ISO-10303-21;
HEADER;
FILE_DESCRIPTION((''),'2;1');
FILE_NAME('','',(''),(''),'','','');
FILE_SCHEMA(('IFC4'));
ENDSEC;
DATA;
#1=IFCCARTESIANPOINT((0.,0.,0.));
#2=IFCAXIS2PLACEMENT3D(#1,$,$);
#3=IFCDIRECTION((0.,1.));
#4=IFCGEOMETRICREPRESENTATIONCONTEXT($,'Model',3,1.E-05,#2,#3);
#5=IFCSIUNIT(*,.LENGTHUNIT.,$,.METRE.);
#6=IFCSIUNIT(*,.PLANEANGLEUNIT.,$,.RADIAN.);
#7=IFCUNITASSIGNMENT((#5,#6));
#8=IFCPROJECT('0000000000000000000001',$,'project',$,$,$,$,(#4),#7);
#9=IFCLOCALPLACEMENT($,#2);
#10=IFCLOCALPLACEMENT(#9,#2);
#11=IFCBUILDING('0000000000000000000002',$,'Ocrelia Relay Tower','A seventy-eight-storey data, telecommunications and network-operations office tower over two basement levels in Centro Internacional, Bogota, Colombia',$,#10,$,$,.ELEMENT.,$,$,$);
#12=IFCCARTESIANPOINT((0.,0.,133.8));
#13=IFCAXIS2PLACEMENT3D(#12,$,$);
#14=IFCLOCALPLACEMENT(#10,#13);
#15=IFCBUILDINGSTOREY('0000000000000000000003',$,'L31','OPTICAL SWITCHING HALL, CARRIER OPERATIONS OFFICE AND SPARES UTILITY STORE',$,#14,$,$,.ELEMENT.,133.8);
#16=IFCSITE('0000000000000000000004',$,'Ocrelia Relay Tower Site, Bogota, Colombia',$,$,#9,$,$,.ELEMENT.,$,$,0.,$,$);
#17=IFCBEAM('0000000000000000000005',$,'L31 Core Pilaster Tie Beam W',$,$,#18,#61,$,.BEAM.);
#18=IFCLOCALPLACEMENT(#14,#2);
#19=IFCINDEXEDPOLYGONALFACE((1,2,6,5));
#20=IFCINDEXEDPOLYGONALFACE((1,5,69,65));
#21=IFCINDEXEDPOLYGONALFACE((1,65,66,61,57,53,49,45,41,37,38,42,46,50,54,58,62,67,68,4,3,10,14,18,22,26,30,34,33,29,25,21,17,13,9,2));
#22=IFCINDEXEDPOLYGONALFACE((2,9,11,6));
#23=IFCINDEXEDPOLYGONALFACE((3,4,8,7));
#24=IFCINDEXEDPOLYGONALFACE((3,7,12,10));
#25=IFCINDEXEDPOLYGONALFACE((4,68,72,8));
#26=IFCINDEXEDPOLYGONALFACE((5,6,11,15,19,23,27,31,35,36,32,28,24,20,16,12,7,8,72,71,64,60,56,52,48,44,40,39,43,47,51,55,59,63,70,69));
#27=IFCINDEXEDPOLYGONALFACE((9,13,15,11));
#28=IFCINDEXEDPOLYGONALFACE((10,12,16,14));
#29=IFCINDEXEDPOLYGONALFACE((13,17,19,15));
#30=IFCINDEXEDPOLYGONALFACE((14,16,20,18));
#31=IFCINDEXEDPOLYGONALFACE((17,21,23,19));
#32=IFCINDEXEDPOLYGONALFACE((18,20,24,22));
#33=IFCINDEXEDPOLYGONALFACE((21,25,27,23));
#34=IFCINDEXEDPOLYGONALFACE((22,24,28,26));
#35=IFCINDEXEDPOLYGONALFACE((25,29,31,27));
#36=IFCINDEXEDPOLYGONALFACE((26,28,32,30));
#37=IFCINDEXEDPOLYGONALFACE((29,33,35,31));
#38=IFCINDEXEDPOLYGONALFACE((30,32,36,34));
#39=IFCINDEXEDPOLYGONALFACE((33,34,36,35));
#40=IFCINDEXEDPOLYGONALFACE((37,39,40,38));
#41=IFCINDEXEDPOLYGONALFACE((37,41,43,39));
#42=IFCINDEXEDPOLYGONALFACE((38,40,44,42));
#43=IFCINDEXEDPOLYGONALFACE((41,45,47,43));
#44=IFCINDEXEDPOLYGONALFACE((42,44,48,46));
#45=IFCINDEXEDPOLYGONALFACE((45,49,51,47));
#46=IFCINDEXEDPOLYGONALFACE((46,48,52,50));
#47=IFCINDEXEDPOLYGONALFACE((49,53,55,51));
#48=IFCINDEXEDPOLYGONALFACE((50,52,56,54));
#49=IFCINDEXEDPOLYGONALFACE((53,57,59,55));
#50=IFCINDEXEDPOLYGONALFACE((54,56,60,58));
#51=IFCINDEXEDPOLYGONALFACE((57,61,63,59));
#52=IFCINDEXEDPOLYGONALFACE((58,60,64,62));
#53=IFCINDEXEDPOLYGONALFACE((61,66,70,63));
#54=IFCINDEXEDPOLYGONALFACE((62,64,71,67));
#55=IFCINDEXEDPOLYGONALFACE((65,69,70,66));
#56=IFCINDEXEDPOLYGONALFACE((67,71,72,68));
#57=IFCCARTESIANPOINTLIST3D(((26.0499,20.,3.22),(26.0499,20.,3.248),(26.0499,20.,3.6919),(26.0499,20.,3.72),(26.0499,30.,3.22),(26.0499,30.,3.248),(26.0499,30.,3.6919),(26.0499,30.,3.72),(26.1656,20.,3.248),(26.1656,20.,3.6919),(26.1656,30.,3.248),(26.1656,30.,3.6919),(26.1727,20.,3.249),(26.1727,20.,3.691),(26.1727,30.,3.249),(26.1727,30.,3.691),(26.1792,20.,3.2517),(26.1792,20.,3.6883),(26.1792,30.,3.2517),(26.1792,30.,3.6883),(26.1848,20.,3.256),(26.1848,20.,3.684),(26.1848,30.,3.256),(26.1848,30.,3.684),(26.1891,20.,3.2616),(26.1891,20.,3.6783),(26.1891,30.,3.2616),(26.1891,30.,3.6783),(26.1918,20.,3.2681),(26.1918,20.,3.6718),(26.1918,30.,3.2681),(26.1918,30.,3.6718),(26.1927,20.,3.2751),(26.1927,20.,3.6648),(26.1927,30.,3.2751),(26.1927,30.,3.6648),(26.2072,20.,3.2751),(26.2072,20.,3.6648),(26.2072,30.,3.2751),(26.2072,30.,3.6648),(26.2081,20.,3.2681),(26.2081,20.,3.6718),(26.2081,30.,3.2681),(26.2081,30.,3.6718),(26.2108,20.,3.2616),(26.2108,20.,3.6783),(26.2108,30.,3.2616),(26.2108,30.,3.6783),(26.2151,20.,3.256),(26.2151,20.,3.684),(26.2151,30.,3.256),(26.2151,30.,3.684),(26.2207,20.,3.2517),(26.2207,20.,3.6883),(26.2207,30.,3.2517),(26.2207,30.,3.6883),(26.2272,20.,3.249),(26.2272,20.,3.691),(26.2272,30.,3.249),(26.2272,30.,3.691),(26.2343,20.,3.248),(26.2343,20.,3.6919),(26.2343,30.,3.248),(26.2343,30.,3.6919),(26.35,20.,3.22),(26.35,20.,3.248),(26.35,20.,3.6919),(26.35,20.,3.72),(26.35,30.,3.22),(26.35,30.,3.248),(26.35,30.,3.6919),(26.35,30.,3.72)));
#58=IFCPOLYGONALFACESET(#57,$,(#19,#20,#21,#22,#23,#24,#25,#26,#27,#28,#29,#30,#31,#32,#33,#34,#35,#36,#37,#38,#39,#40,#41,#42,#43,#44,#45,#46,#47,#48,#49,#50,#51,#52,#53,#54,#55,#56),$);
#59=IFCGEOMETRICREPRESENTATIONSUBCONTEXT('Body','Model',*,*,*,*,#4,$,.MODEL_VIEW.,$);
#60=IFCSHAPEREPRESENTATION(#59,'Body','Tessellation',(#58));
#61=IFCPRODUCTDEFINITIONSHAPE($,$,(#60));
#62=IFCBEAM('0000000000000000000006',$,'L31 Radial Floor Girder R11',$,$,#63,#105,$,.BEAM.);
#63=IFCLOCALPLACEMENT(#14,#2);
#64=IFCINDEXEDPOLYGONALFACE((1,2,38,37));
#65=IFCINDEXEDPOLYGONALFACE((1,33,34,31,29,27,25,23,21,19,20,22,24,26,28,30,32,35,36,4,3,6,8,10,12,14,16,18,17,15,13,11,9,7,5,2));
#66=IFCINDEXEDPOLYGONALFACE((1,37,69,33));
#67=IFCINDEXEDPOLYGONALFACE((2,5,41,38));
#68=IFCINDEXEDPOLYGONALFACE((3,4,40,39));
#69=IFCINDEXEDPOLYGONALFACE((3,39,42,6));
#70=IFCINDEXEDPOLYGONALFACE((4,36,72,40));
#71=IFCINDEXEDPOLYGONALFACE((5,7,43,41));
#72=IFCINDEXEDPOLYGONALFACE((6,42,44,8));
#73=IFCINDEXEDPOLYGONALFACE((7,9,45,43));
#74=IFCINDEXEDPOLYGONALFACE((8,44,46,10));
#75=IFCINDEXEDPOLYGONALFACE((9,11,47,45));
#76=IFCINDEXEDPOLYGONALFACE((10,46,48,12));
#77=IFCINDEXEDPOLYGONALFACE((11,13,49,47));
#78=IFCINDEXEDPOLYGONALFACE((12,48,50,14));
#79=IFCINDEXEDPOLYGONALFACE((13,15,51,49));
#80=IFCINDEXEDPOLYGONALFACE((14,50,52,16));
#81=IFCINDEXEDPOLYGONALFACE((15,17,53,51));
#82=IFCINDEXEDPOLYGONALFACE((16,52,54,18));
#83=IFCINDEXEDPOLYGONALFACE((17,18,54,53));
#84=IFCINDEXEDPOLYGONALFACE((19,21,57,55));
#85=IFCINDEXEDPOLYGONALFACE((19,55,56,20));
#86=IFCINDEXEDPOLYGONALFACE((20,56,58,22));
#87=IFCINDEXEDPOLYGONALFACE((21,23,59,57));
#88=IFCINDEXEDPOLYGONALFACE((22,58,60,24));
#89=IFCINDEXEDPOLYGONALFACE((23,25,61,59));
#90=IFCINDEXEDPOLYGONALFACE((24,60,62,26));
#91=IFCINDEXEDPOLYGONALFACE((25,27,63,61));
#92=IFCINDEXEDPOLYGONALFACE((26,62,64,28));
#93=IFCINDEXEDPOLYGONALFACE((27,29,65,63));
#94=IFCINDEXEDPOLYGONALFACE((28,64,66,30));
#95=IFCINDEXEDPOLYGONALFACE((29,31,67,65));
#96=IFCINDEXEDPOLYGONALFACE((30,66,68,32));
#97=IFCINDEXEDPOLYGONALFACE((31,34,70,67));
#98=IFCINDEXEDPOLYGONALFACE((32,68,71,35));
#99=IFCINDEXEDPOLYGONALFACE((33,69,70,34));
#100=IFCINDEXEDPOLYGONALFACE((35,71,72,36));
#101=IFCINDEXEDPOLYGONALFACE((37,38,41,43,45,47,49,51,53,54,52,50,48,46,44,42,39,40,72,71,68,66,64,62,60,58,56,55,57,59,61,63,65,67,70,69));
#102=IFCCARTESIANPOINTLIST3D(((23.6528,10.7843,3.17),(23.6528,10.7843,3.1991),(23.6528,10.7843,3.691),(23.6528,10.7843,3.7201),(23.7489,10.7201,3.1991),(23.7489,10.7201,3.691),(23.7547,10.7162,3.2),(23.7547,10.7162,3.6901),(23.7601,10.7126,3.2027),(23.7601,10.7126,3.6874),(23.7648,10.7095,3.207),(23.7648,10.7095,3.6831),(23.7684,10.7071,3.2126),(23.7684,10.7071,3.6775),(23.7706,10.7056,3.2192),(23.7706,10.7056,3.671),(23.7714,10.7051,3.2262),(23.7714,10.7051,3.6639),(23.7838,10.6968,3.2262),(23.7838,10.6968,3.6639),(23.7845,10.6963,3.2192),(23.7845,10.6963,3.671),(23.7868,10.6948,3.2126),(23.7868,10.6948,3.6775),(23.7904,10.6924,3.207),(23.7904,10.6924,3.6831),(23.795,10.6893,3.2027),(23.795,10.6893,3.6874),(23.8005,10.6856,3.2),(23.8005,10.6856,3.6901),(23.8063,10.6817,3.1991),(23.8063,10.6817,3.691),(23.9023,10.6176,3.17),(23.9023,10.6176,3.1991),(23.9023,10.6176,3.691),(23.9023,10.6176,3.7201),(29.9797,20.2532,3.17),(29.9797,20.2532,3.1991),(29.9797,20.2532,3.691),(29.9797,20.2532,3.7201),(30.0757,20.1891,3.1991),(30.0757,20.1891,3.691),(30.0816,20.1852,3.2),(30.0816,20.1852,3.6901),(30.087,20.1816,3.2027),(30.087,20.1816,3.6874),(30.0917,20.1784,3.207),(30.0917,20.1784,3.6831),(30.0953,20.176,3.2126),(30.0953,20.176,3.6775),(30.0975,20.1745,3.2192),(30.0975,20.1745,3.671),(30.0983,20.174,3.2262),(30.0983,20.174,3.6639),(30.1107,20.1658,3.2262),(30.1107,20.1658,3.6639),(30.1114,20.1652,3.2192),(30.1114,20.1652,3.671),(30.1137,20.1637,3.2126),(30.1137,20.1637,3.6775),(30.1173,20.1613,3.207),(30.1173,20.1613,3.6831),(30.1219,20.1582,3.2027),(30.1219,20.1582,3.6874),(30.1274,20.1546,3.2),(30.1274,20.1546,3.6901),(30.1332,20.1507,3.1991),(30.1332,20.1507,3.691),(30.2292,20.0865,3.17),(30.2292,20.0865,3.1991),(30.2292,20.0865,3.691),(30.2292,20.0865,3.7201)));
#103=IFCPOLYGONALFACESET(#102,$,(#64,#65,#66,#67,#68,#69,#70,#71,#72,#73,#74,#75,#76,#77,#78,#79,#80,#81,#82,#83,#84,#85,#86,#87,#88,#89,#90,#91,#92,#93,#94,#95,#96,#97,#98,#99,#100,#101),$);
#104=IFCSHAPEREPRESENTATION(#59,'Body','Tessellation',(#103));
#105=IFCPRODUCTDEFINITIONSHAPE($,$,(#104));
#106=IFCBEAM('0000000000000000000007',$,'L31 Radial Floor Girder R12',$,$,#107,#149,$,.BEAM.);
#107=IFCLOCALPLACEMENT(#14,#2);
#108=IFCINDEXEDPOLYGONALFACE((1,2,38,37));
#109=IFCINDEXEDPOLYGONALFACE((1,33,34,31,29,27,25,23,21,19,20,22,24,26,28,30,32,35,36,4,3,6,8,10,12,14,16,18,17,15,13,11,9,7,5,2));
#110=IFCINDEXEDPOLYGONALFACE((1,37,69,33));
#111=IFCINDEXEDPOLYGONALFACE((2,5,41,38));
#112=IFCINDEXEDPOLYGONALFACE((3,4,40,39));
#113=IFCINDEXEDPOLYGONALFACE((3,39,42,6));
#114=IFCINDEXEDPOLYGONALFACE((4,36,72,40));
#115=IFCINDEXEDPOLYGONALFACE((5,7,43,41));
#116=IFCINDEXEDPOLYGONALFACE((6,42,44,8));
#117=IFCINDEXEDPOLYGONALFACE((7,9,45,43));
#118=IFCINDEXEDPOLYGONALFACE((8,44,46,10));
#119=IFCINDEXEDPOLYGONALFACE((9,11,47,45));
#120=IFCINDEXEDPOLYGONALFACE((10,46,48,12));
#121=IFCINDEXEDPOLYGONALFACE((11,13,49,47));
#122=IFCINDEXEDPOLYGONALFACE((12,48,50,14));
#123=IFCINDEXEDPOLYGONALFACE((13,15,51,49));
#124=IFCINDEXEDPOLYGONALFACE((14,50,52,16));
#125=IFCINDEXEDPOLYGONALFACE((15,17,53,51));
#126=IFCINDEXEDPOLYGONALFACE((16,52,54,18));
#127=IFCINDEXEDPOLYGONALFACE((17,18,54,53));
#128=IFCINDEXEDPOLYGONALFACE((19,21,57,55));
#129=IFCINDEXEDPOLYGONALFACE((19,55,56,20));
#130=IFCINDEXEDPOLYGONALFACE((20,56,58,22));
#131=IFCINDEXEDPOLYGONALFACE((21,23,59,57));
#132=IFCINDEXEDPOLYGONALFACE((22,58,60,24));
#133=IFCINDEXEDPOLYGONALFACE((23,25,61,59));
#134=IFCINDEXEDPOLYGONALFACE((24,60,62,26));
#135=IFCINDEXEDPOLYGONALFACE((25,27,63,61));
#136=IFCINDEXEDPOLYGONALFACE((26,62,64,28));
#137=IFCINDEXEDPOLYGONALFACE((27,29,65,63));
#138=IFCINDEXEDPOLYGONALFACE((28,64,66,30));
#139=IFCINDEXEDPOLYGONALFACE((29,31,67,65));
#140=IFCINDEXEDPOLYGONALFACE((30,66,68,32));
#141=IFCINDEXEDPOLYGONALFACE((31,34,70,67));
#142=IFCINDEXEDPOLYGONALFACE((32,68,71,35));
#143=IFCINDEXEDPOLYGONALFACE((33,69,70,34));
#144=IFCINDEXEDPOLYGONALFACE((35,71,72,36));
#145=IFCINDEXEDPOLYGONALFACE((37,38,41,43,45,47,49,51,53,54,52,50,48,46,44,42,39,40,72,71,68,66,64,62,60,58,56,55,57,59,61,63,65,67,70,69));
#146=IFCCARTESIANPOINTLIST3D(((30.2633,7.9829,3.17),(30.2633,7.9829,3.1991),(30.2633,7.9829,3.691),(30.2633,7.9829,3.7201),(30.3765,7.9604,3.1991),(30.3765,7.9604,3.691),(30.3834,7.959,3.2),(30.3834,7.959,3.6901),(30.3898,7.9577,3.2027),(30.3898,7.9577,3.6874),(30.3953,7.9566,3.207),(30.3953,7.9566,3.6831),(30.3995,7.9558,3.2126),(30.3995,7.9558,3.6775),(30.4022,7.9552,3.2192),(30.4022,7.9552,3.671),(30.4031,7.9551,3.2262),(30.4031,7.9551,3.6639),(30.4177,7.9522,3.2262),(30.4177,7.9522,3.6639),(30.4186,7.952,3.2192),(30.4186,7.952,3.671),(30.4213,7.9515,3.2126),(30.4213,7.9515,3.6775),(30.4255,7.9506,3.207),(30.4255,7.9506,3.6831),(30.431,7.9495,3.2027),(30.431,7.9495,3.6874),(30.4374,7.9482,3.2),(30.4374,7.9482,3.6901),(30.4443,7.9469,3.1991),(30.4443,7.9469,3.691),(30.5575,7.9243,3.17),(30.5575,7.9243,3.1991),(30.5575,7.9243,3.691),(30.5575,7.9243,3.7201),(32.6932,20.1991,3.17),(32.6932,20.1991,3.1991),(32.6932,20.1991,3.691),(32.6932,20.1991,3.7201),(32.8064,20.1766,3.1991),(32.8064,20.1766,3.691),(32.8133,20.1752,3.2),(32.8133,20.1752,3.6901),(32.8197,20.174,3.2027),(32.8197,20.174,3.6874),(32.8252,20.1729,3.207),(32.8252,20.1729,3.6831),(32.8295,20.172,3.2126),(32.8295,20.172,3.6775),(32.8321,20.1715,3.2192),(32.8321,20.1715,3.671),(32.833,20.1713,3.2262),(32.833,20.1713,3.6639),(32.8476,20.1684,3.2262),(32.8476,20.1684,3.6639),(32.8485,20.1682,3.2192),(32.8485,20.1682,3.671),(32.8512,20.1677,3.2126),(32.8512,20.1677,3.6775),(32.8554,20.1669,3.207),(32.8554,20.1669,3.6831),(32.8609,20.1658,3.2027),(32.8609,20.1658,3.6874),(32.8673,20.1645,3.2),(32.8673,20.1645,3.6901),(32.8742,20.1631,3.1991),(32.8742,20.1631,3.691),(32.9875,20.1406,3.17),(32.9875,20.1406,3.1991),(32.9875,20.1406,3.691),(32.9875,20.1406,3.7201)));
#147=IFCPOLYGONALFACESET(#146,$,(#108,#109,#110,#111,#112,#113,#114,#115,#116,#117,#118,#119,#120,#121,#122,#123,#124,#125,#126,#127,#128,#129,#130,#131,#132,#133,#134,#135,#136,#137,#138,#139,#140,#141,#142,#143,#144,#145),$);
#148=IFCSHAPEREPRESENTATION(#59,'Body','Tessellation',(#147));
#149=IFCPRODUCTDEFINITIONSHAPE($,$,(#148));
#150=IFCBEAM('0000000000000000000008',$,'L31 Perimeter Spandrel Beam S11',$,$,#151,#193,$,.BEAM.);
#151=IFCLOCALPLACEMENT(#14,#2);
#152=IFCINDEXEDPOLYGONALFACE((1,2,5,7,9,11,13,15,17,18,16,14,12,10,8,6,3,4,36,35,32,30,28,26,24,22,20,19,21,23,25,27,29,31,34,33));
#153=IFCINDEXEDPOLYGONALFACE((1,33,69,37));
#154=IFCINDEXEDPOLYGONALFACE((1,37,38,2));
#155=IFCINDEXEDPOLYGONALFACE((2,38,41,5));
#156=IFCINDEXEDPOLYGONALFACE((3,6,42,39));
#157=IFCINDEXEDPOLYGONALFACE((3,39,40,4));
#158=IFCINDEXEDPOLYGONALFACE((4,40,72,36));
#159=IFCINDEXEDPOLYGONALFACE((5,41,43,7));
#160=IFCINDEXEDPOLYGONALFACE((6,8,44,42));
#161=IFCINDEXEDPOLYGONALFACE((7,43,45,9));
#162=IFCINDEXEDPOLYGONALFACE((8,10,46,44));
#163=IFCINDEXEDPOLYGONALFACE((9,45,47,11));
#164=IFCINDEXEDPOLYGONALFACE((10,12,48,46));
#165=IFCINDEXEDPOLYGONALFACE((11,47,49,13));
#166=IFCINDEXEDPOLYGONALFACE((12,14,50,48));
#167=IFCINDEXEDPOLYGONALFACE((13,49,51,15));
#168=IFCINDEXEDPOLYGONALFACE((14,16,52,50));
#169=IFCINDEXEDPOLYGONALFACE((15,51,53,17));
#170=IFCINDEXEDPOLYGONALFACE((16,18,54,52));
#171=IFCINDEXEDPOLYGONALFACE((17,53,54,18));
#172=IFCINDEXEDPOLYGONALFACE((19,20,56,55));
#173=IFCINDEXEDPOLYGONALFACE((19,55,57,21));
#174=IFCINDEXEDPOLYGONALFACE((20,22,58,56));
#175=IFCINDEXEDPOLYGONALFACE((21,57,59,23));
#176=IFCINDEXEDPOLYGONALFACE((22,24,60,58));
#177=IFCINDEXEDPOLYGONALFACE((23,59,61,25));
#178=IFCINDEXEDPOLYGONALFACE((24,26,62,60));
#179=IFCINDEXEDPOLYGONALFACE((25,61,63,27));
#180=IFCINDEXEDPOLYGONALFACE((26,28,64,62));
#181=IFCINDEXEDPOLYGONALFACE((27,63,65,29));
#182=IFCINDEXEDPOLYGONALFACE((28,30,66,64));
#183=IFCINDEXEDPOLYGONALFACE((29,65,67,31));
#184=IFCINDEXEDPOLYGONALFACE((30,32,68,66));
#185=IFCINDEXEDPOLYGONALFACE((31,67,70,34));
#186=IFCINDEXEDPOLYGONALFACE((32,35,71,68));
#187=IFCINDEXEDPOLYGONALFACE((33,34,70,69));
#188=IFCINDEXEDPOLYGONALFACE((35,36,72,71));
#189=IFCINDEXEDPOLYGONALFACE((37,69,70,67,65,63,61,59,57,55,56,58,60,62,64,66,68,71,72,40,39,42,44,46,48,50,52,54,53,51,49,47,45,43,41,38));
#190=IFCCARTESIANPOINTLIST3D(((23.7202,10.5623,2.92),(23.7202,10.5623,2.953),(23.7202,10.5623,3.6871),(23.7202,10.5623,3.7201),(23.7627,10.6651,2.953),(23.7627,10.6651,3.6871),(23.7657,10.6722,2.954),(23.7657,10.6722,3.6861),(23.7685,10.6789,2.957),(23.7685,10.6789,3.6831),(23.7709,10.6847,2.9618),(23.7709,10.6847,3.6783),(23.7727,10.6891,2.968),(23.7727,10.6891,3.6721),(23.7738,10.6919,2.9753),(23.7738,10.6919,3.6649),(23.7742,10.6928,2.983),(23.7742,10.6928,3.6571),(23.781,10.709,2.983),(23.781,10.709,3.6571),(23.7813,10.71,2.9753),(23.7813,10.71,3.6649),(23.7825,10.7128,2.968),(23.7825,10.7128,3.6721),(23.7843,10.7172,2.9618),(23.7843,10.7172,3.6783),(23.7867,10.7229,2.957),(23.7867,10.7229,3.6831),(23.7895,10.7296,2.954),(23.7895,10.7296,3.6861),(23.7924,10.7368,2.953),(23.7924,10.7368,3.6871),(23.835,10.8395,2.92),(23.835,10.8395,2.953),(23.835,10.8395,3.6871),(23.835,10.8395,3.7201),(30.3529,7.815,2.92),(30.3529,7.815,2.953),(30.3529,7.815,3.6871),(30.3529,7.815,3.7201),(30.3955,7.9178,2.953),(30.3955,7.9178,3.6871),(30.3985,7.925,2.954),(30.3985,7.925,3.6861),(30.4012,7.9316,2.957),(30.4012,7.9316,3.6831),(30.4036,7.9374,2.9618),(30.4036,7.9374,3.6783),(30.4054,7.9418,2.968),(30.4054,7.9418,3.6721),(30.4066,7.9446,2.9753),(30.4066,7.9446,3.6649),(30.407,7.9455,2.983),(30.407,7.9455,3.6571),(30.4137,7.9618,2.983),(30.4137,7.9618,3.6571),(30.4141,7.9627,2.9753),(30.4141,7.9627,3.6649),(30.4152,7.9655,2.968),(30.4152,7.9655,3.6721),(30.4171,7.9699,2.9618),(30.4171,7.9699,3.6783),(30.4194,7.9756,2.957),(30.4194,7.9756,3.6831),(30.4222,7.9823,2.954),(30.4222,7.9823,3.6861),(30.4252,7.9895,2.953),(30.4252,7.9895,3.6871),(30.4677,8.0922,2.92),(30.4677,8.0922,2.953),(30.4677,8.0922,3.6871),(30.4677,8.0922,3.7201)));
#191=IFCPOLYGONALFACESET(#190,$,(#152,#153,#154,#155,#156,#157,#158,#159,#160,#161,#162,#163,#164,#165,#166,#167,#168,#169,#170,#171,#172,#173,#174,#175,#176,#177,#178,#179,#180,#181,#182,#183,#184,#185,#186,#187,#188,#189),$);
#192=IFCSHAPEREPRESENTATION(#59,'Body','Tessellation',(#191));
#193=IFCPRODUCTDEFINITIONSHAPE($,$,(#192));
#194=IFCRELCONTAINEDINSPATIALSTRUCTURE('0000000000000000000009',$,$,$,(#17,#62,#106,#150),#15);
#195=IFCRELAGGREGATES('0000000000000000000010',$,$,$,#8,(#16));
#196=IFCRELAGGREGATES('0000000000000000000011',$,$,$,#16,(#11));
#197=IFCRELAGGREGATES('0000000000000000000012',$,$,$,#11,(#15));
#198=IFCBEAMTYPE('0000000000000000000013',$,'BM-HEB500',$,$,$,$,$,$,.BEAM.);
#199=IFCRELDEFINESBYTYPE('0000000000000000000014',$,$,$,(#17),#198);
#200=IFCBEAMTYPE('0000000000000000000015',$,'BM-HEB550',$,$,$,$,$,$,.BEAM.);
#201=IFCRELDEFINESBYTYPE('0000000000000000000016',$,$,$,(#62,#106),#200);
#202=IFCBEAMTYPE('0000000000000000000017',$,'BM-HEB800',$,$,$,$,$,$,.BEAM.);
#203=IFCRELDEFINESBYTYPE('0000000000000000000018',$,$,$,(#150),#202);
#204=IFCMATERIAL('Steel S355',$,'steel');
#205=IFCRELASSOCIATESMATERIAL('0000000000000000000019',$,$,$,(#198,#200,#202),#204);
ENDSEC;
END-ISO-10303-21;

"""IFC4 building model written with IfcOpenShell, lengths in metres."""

from ifc_helpers import new_model, si_unit, direction, frame, origin, origin_2d, place, context, subcontext, project, spatial, i_section, extrude, material, material_profile, profile_set, type_object, element, save


model = new_model("IFC4")

# Units and contexts
model_context = context("Model", 3, precision=1e-05, world=origin(), true_north=direction((0.0, 1.0)))
body_context = subcontext(model_context, "Body", "Model", "MODEL_VIEW")
ifc_project = project(units=[si_unit("LENGTHUNIT", "METRE"), si_unit("PLANEANGLEUNIT", "RADIAN")], contexts=[model_context])

# Site, building, storey
site_placement = place(None, origin())
site = spatial("IfcSite", under=ifc_project, at=site_placement, Name="Ocrelia Relay Tower Site, Bogota, Colombia", CompositionType="ELEMENT", RefElevation=0.0)
building_placement = place(site_placement, origin())
building = spatial("IfcBuilding", under=site, at=building_placement, Name="Ocrelia Relay Tower", Description="A seventy-eight-storey data, telecommunications and network-operations office tower over two basement levels in Centro Internacional, Bogota, Colombia", CompositionType="ELEMENT")
storey_placement = place(building_placement, frame((0.0, 0.0, 133.8)))
storey = spatial("IfcBuildingStorey", under=building, at=storey_placement, Name="L31", Description="OPTICAL SWITCHING HALL, CARRIER OPERATIONS OFFICE AND SPARES UTILITY STORE", CompositionType="ELEMENT", Elevation=133.8)

# Beams
ifc_material_1 = material(Name="Steel S355", Category="steel")
ifc_material_profile_1 = material_profile(ifc_material_1, i_section(OverallWidth=0.3, OverallDepth=0.5, WebThickness=0.0144, FlangeThickness=0.0281, FilletRadius=0.0271, at=origin_2d()), Name="HEB 500")
ifc_profile_set_1 = profile_set([ifc_material_profile_1], Name="Steel S355")
beam_type_1 = type_object("IfcBeamType", Name="BM-HEB500", PredefinedType="BEAM", material=ifc_profile_set_1)
beam_1_placement = place(storey_placement, frame((26.2, 20.0, 3.47), z_axis=(0.0, 1.0, 0.0), x_axis=(-1.0, 0.0, 0.0)))
element("IfcBeam", 1, at=beam_1_placement, inside=storey, type_object=beam_type_1, Name="L31 Core Pilaster Tie Beam W", PredefinedType="BEAM", context=body_context, shape_type="SweptSolid", body=[
    extrude(i_section(OverallWidth=0.3, OverallDepth=0.5, WebThickness=0.0144, FlangeThickness=0.0281, FilletRadius=0.0271, at=origin_2d()), origin(), (0.0, 0.0, 1.0), 10.0),
])
ifc_material_profile_2 = material_profile(ifc_material_1, i_section(OverallWidth=0.3, OverallDepth=0.55, WebThickness=0.0149, FlangeThickness=0.0291, FilletRadius=0.0271, at=origin_2d()), Name="HEB 550")
ifc_profile_set_2 = profile_set([ifc_material_profile_2], Name="Steel S355")
beam_type_2 = type_object("IfcBeamType", Name="BM-HEB550", PredefinedType="BEAM", material=ifc_profile_set_2)
beam_2_placement = place(storey_placement, frame((23.7776, 10.7009, 3.4451), z_axis=(0.555566, 0.831473, 0.0), x_axis=(-0.831473, 0.555566, 0.0)))
element("IfcBeam", 2, at=beam_2_placement, inside=storey, type_object=beam_type_2, Name="L31 Radial Floor Girder R11", PredefinedType="BEAM", context=body_context, shape_type="SweptSolid", body=[
    extrude(i_section(OverallWidth=0.3, OverallDepth=0.55, WebThickness=0.0149, FlangeThickness=0.0291, FilletRadius=0.0271, at=origin_2d()), origin(), (0.0, 0.0, 1.0), 11.3882),
])
beam_3_placement = place(storey_placement, frame((30.4104, 7.9536, 3.4451), z_axis=(0.195087, 0.980786, 0.0), x_axis=(-0.980786, 0.195087, 0.0)))
element("IfcBeam", 3, at=beam_3_placement, inside=storey, type_object=beam_type_2, Name="L31 Radial Floor Girder R12", PredefinedType="BEAM", context=body_context, shape_type="SweptSolid", body=[
    extrude(i_section(OverallWidth=0.3, OverallDepth=0.55, WebThickness=0.0149, FlangeThickness=0.0291, FilletRadius=0.0271, at=origin_2d()), origin(), (0.0, 0.0, 1.0), 12.4556),
])
ifc_material_profile_3 = material_profile(ifc_material_1, i_section(OverallWidth=0.3, OverallDepth=0.8, WebThickness=0.0176, FlangeThickness=0.033, FilletRadius=0.03, at=origin_2d()), Name="HEB 800")
ifc_profile_set_3 = profile_set([ifc_material_profile_3], Name="Steel S355")
beam_type_3 = type_object("IfcBeamType", Name="BM-HEB800", PredefinedType="BEAM", material=ifc_profile_set_3)
for number, where, z_axis, x_axis, name in (
    (4, (23.7776, 10.7009, 3.3201), (0.923884, -0.382673, 0.0), (0.382673, 0.923884, 0.0), "L31 Perimeter Spandrel Beam S11"),
):
    element("IfcBeam", number, at=place(storey_placement, frame(where, z_axis=z_axis, x_axis=x_axis)), inside=storey, type_object=beam_type_3, Name=name, PredefinedType="BEAM", context=body_context, shape_type="SweptSolid", body=[
        extrude(i_section(OverallWidth=0.3, OverallDepth=0.8, WebThickness=0.0176, FlangeThickness=0.033, FilletRadius=0.03, at=origin_2d()), origin(), (0.0, 0.0, 1.0), 7.1792),
    ])

save(model, "model.ifc")
